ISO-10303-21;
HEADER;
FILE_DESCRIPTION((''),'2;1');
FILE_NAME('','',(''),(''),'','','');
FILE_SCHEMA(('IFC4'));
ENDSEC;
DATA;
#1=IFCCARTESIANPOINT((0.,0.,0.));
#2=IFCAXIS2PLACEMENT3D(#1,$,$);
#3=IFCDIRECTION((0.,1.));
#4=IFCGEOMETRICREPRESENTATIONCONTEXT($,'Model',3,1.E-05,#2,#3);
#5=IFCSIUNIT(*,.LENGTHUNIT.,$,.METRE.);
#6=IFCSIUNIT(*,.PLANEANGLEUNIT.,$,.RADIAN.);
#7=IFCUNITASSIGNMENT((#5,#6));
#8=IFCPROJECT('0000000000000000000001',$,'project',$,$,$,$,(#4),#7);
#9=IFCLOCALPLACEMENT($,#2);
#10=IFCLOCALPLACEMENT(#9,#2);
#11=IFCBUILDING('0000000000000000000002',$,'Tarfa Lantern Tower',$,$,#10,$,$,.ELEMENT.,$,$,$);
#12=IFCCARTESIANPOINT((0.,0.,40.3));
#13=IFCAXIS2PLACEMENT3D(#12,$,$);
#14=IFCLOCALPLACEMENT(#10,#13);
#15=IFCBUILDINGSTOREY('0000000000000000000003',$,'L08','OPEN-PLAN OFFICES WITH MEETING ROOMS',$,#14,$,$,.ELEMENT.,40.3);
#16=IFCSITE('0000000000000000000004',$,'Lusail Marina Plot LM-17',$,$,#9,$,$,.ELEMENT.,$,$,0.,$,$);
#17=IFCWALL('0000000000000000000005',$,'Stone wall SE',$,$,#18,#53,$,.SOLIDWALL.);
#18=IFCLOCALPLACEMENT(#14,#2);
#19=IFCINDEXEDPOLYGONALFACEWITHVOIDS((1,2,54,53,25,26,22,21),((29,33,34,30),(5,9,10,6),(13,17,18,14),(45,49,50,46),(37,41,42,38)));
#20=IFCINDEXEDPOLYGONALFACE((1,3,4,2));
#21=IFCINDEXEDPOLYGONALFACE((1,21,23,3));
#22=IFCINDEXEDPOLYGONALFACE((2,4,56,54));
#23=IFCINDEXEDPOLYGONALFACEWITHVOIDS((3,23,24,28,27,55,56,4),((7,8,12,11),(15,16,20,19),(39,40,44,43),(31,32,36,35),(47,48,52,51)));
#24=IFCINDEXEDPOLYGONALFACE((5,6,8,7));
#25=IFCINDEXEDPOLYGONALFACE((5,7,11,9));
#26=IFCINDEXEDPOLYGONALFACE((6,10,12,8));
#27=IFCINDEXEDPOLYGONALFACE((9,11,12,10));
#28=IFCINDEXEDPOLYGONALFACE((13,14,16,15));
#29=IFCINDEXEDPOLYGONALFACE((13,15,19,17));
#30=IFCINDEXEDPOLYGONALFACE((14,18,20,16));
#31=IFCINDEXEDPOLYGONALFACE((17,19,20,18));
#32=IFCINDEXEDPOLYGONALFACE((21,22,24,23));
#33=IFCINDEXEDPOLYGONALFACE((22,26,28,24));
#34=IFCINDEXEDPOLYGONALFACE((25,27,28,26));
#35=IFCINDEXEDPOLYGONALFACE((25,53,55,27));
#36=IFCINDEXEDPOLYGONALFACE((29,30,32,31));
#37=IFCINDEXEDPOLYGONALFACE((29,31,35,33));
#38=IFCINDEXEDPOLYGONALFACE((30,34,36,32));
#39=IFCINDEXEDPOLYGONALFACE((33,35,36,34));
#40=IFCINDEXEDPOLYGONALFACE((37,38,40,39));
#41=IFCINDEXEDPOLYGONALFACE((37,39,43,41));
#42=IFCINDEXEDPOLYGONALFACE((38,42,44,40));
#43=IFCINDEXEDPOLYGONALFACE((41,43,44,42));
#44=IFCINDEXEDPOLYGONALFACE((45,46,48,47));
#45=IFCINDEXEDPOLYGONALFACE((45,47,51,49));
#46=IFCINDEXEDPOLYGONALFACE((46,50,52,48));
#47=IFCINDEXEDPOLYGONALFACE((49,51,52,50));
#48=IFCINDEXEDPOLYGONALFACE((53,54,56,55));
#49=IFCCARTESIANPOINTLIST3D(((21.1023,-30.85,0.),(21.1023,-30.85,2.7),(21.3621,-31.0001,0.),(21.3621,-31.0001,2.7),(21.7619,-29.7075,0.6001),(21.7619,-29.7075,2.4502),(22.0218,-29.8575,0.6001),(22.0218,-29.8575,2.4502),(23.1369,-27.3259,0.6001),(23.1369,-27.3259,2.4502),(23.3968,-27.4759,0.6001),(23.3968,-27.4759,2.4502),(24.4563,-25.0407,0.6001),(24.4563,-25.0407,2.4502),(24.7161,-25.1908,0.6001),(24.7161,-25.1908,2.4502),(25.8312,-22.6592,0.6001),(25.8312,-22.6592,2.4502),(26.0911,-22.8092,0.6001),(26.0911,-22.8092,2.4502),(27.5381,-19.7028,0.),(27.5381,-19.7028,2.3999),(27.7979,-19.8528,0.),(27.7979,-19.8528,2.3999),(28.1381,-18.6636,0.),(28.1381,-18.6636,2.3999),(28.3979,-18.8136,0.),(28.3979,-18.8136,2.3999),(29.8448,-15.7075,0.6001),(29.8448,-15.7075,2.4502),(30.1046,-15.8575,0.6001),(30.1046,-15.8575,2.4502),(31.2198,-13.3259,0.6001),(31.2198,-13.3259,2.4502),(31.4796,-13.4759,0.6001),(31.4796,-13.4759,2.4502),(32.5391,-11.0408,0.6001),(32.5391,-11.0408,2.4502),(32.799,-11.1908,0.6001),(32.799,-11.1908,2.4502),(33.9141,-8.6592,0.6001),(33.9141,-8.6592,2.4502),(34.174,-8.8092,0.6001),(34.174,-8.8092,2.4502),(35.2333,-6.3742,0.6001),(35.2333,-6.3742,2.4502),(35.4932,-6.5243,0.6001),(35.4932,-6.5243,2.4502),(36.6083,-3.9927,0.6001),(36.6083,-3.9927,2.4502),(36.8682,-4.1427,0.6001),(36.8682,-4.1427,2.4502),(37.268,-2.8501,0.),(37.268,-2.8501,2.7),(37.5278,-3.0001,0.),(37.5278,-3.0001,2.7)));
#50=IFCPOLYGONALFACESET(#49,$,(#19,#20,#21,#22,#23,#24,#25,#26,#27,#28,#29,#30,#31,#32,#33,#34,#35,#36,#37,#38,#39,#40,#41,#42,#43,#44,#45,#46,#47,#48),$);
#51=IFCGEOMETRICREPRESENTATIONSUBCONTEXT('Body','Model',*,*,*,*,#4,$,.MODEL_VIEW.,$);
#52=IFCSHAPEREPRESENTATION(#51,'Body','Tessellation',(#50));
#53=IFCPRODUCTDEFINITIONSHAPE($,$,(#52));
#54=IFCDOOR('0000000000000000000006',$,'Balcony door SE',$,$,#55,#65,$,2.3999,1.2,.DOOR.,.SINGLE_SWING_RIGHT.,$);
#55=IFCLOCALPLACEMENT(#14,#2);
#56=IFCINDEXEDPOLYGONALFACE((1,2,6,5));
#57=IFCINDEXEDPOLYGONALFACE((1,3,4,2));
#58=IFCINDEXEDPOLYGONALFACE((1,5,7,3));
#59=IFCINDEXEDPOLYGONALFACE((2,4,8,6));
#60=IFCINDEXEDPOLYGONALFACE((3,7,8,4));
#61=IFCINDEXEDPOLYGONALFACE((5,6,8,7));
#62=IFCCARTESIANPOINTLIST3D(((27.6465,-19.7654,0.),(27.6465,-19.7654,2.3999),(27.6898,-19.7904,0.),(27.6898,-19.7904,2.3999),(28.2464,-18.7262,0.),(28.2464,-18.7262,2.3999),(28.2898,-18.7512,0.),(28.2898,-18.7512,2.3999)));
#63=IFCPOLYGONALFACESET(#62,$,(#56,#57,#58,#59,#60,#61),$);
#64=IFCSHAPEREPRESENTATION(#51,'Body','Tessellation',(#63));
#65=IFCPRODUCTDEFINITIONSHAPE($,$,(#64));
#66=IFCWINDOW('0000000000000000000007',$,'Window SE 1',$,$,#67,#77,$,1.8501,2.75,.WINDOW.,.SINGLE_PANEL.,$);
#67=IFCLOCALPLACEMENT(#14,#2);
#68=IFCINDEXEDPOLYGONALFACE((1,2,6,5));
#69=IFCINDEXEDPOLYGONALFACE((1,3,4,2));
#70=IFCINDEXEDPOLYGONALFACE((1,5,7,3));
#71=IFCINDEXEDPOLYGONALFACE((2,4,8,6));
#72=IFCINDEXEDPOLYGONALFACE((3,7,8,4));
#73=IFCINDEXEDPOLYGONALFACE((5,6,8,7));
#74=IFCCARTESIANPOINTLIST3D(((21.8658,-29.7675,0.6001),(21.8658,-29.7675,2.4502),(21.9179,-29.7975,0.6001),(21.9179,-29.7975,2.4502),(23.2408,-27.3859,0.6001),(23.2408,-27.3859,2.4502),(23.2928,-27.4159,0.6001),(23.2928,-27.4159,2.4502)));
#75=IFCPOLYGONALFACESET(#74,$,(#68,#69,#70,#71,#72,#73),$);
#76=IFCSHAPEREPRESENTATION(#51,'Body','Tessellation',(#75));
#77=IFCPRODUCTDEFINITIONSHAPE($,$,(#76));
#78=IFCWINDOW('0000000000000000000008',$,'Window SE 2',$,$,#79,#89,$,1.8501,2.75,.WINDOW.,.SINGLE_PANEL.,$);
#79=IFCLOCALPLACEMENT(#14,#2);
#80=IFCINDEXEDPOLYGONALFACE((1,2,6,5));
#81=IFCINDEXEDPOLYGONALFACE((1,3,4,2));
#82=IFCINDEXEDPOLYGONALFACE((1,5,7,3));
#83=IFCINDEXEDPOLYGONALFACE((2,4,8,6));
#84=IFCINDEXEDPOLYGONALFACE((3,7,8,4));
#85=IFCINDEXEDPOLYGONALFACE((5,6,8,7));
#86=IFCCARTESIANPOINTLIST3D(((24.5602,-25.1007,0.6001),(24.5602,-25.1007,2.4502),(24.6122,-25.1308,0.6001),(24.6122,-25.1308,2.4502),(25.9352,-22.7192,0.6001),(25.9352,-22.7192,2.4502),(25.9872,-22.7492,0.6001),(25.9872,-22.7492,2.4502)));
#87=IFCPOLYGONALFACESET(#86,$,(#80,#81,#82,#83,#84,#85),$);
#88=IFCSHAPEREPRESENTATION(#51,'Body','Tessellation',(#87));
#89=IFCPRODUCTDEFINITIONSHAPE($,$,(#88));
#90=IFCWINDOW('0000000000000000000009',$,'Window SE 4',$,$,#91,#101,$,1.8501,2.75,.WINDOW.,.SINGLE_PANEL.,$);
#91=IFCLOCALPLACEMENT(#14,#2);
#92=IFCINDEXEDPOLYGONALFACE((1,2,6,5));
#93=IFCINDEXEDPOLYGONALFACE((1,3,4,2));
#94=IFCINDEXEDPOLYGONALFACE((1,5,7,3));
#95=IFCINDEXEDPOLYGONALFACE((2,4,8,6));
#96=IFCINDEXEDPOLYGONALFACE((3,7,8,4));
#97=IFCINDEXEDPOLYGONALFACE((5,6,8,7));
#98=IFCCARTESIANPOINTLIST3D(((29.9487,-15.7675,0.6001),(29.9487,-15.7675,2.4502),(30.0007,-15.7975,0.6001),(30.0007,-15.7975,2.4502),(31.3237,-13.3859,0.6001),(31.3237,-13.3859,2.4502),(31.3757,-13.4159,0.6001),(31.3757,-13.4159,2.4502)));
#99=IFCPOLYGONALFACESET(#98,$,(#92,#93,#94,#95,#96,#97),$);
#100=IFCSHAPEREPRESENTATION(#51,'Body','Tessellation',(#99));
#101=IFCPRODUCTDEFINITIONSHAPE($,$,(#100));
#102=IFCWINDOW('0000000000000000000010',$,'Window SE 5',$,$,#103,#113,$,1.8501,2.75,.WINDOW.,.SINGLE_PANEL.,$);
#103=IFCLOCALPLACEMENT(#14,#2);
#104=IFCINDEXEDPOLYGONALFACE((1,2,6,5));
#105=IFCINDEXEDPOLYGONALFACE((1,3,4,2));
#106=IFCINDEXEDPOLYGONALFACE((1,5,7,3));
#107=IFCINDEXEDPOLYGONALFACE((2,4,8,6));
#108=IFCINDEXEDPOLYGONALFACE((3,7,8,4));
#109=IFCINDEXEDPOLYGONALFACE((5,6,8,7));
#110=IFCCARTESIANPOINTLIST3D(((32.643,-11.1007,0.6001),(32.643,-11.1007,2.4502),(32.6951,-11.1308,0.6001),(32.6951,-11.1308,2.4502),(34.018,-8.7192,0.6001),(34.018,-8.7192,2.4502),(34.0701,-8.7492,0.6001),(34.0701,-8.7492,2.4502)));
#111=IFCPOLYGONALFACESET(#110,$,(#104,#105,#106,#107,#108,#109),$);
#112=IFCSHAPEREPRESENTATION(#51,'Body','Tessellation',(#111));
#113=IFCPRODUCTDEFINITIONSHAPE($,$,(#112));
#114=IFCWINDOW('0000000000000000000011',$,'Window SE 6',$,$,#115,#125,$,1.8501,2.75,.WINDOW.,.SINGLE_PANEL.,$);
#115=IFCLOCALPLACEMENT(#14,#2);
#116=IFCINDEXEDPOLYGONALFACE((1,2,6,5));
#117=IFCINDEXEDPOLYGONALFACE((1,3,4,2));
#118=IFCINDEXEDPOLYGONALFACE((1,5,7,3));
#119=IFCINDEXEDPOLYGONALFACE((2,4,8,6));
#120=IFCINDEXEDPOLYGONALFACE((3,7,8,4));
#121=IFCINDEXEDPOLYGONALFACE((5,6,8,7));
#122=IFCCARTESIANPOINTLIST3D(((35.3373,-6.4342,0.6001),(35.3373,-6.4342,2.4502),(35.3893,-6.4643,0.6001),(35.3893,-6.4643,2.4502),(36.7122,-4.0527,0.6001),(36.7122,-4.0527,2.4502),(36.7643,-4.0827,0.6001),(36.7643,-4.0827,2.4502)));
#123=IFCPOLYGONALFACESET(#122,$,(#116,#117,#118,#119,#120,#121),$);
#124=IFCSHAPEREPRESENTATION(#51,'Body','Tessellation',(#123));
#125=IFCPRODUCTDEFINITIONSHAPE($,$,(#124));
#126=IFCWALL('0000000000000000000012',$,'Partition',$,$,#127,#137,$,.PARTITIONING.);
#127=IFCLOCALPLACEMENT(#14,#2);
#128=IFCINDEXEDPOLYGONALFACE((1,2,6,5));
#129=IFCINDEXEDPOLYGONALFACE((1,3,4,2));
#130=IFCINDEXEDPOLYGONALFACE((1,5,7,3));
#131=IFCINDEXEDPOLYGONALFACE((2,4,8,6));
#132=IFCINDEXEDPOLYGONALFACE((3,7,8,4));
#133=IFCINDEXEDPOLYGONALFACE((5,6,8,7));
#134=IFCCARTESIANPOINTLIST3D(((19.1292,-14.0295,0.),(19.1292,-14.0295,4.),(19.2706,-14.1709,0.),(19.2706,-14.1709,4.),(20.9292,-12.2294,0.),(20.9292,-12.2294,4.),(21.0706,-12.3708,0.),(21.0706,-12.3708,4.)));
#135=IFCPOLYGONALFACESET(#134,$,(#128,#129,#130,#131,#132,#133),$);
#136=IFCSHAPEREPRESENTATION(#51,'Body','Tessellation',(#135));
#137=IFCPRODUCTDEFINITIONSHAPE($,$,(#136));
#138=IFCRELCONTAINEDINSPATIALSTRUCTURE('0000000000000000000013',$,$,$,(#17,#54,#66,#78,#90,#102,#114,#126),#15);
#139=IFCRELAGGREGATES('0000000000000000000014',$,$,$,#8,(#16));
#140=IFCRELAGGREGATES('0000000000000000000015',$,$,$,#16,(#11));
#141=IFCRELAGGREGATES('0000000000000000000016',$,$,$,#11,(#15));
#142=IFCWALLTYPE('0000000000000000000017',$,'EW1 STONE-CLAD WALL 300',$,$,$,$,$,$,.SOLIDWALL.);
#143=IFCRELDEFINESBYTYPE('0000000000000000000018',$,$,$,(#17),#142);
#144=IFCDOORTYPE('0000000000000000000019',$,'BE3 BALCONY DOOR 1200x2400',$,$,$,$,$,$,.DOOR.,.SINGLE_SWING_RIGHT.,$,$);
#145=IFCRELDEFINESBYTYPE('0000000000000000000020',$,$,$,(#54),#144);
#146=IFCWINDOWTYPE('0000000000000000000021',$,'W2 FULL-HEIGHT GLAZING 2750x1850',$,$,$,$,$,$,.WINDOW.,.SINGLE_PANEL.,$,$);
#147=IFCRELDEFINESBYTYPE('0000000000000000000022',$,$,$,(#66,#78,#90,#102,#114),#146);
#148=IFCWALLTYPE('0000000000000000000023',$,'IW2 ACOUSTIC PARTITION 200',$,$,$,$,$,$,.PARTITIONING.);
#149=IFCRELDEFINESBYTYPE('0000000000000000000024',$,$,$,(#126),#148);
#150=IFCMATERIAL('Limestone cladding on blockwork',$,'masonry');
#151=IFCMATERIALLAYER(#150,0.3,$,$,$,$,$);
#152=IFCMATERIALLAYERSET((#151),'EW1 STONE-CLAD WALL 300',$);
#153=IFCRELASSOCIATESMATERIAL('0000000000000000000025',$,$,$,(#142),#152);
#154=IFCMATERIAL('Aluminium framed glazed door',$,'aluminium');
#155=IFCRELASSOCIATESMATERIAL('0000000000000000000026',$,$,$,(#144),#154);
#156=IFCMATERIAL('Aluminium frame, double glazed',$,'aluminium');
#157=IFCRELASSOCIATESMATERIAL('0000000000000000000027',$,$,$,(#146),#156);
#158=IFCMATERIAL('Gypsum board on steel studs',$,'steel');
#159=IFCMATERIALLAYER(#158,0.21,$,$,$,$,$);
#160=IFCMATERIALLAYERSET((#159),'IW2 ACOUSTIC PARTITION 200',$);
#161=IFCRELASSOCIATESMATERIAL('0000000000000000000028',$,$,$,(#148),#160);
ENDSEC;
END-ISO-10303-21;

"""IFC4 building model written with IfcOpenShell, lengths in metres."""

from ifc_helpers import new_model, si_unit, direction, frame, frame_2d, origin, place, context, subcontext, project, spatial, rectangle, extrude, material, layer, layer_set, type_object, element, fill, save


model = new_model("IFC4")

# Units and contexts
model_context = context("Model", 3, precision=1e-05, world=origin(), true_north=direction((0.0, 1.0)))
body_context = subcontext(model_context, "Body", "Model", "MODEL_VIEW")
ifc_project = project(units=[si_unit("LENGTHUNIT", "METRE"), si_unit("PLANEANGLEUNIT", "RADIAN")], contexts=[model_context])

# Site, building, storey
site_placement = place(None, origin())
site = spatial("IfcSite", under=ifc_project, at=site_placement, Name="Lusail Marina Plot LM-17", CompositionType="ELEMENT", RefElevation=0.0)
building_placement = place(site_placement, origin())
building = spatial("IfcBuilding", under=site, at=building_placement, Name="Tarfa Lantern Tower", CompositionType="ELEMENT")
storey_placement = place(building_placement, frame((0.0, 0.0, 40.3)))
storey = spatial("IfcBuildingStorey", under=building, at=storey_placement, Name="L08", Description="OPEN-PLAN OFFICES WITH MEETING ROOMS", CompositionType="ELEMENT", Elevation=40.3)

# Wall, openings, door, windows
ifc_material_1 = material(Name="Limestone cladding on blockwork", Category="masonry")
ifc_layer_1 = layer(ifc_material_1, 0.3)
ifc_layer_set_1 = layer_set([ifc_layer_1], Name="EW1 STONE-CLAD WALL 300")
wall_type_1 = type_object("IfcWallType", Name="EW1 STONE-CLAD WALL 300", PredefinedType="SOLIDWALL", material=ifc_layer_set_1)
wall_1_placement = place(storey_placement, frame((21.2322, -30.925, 0.0), z_axis=(0.0, 0.0, 1.0), x_axis=(0.499999, 0.866026, 0.0)))
wall_1 = element("IfcWall", 1, at=wall_1_placement, inside=storey, type_object=wall_type_1, Name="Stone wall SE", PredefinedType="SOLIDWALL", context=body_context, shape_type="SweptSolid", body=[
    extrude(rectangle(XDim=32.3315, YDim=0.3, at=frame_2d((16.1658, 0.0))), origin(), (0.0, 0.0, 1.0), 2.7),
])
opening_1_placement = place(wall_1_placement, frame((1.3193, 0.0, 0.6001)))
opening_1 = element("IfcOpeningElement", 2, at=opening_1_placement, cuts=wall_1, PredefinedType="OPENING", context=body_context, shape_type="SweptSolid", body=[
    extrude(rectangle(XDim=2.75, YDim=1.8501, at=frame_2d((1.375, 0.925))), frame((0.0, 0.1599, 0.0), z_axis=(0.0, -1.0, 0.0), x_axis=(1.0, 0.0, 0.0)), (0.0, 0.0, 1.0), 0.3201),
])
opening_2_placement = place(wall_1_placement, frame((6.708, 0.0, 0.6001)))
opening_2 = element("IfcOpeningElement", 3, at=opening_2_placement, cuts=wall_1, PredefinedType="OPENING", context=body_context, shape_type="SweptSolid", body=[
    extrude(rectangle(XDim=2.75, YDim=1.8501, at=frame_2d((1.375, 0.925))), frame((0.0, 0.1599, 0.0), z_axis=(0.0, -1.0, 0.0), x_axis=(1.0, 0.0, 0.0)), (0.0, 0.0, 1.0), 0.3201),
])
opening_3_placement = place(wall_1_placement, frame((12.8716, 0.0, 0.0)))
opening_3 = element("IfcOpeningElement", 4, at=opening_3_placement, cuts=wall_1, PredefinedType="OPENING", context=body_context, shape_type="SweptSolid", body=[
    extrude(rectangle(XDim=1.2, YDim=2.3999, at=frame_2d((0.6001, 1.2))), frame((0.0, 0.1599, 0.0), z_axis=(0.0, -1.0, 0.0), x_axis=(1.0, 0.0, 0.0)), (0.0, 0.0, 1.0), 0.3201),
])
opening_4_placement = place(wall_1_placement, frame((17.4851, 0.0, 0.6001)))
opening_4 = element("IfcOpeningElement", 5, at=opening_4_placement, cuts=wall_1, PredefinedType="OPENING", context=body_context, shape_type="SweptSolid", body=[
    extrude(rectangle(XDim=2.75, YDim=1.8501, at=frame_2d((1.375, 0.925))), frame((0.0, 0.1599, 0.0), z_axis=(0.0, -1.0, 0.0), x_axis=(1.0, 0.0, 0.0)), (0.0, 0.0, 1.0), 0.3201),
])
opening_5_placement = place(wall_1_placement, frame((22.8738, 0.0, 0.6001)))
opening_5 = element("IfcOpeningElement", 6, at=opening_5_placement, cuts=wall_1, PredefinedType="OPENING", context=body_context, shape_type="SweptSolid", body=[
    extrude(rectangle(XDim=2.75, YDim=1.8501, at=frame_2d((1.375, 0.925))), frame((0.0, 0.1599, 0.0), z_axis=(0.0, -1.0, 0.0), x_axis=(1.0, 0.0, 0.0)), (0.0, 0.0, 1.0), 0.3201),
])
opening_6_placement = place(wall_1_placement, frame((28.2622, 0.0, 0.6001)))
opening_6 = element("IfcOpeningElement", 7, at=opening_6_placement, cuts=wall_1, PredefinedType="OPENING", context=body_context, shape_type="SweptSolid", body=[
    extrude(rectangle(XDim=2.75, YDim=1.8501, at=frame_2d((1.375, 0.925))), frame((0.0, 0.1599, 0.0), z_axis=(0.0, -1.0, 0.0), x_axis=(1.0, 0.0, 0.0)), (0.0, 0.0, 1.0), 0.3201),
])
ifc_material_2 = material(Name="Aluminium framed glazed door", Category="aluminium")
door_type_1 = type_object("IfcDoorType", Name="BE3 BALCONY DOOR 1200x2400", OperationType="SINGLE_SWING_RIGHT", PredefinedType="DOOR", material=ifc_material_2)
door_1_placement = place(opening_3_placement, origin())
door_1 = element("IfcDoor", 8, at=door_1_placement, inside=storey, type_object=door_type_1, Name="Balcony door SE", OperationType="SINGLE_SWING_RIGHT", OverallHeight=2.3999, OverallWidth=1.2, PredefinedType="DOOR", context=body_context, shape_type="SweptSolid", body=[
    extrude(rectangle(XDim=1.2, YDim=2.3999, at=frame_2d((0.6001, 1.2))), frame((0.0, 0.0249, 0.0), z_axis=(0.0, -1.0, 0.0), x_axis=(1.0, 0.0, 0.0)), (0.0, 0.0, 1.0), 0.05),
])
fill(opening_3, door_1)
ifc_material_3 = material(Name="Aluminium frame, double glazed", Category="aluminium")
window_type = type_object("IfcWindowType", Name="W2 FULL-HEIGHT GLAZING 2750x1850", PartitioningType="SINGLE_PANEL", PredefinedType="WINDOW", material=ifc_material_3)
window_1_placement = place(opening_1_placement, origin())
window_1 = element("IfcWindow", 9, at=window_1_placement, inside=storey, type_object=window_type, Name="Window SE 1", OverallHeight=1.8501, OverallWidth=2.75, PartitioningType="SINGLE_PANEL", PredefinedType="WINDOW", context=body_context, shape_type="SweptSolid", body=[
    extrude(rectangle(XDim=2.75, YDim=1.8501, at=frame_2d((1.375, 0.925))), frame((0.0, 0.03, 0.0), z_axis=(0.0, -1.0, 0.0), x_axis=(1.0, 0.0, 0.0)), (0.0, 0.0, 1.0), 0.0601),
])
fill(opening_1, window_1)
window_2_placement = place(opening_2_placement, origin())
window_2 = element("IfcWindow", 10, at=window_2_placement, inside=storey, type_object=window_type, Name="Window SE 2", OverallHeight=1.8501, OverallWidth=2.75, PartitioningType="SINGLE_PANEL", PredefinedType="WINDOW", context=body_context, shape_type="SweptSolid", body=[
    extrude(rectangle(XDim=2.75, YDim=1.8501, at=frame_2d((1.375, 0.925))), frame((0.0, 0.03, 0.0), z_axis=(0.0, -1.0, 0.0), x_axis=(1.0, 0.0, 0.0)), (0.0, 0.0, 1.0), 0.0601),
])
fill(opening_2, window_2)
window_3_placement = place(opening_4_placement, origin())
window_3 = element("IfcWindow", 11, at=window_3_placement, inside=storey, type_object=window_type, Name="Window SE 4", OverallHeight=1.8501, OverallWidth=2.75, PartitioningType="SINGLE_PANEL", PredefinedType="WINDOW", context=body_context, shape_type="SweptSolid", body=[
    extrude(rectangle(XDim=2.75, YDim=1.8501, at=frame_2d((1.375, 0.925))), frame((0.0, 0.03, 0.0), z_axis=(0.0, -1.0, 0.0), x_axis=(1.0, 0.0, 0.0)), (0.0, 0.0, 1.0), 0.0601),
])
fill(opening_4, window_3)
window_4_placement = place(opening_5_placement, origin())
window_4 = element("IfcWindow", 12, at=window_4_placement, inside=storey, type_object=window_type, Name="Window SE 5", OverallHeight=1.8501, OverallWidth=2.75, PartitioningType="SINGLE_PANEL", PredefinedType="WINDOW", context=body_context, shape_type="SweptSolid", body=[
    extrude(rectangle(XDim=2.75, YDim=1.8501, at=frame_2d((1.375, 0.925))), frame((0.0, 0.03, 0.0), z_axis=(0.0, -1.0, 0.0), x_axis=(1.0, 0.0, 0.0)), (0.0, 0.0, 1.0), 0.0601),
])
fill(opening_5, window_4)
window_5_placement = place(opening_6_placement, origin())
window_5 = element("IfcWindow", 13, at=window_5_placement, inside=storey, type_object=window_type, Name="Window SE 6", OverallHeight=1.8501, OverallWidth=2.75, PartitioningType="SINGLE_PANEL", PredefinedType="WINDOW", context=body_context, shape_type="SweptSolid", body=[
    extrude(rectangle(XDim=2.75, YDim=1.8501, at=frame_2d((1.375, 0.925))), frame((0.0, 0.03, 0.0), z_axis=(0.0, -1.0, 0.0), x_axis=(1.0, 0.0, 0.0)), (0.0, 0.0, 1.0), 0.0601),
])
fill(opening_6, window_5)

# Wall
ifc_material_4 = material(Name="Gypsum board on steel studs", Category="steel")
ifc_layer_2 = layer(ifc_material_4, 0.21)
ifc_layer_set_2 = layer_set([ifc_layer_2], Name="IW2 ACOUSTIC PARTITION 200")
wall_type_2 = type_object("IfcWallType", Name="IW2 ACOUSTIC PARTITION 200", PredefinedType="PARTITIONING", material=ifc_layer_set_2)
wall_2_placement = place(storey_placement, frame((21.0, -12.3, 0.0), z_axis=(0.0, 0.0, 1.0), x_axis=(-0.707107, -0.707107, 0.0)))
element("IfcWall", 14, at=wall_2_placement, inside=storey, type_object=wall_type_2, Name="Partition", PredefinedType="PARTITIONING", context=body_context, shape_type="SweptSolid", body=[
    extrude(rectangle(XDim=2.5457, YDim=0.2, at=frame_2d((1.2729, 0.0))), origin(), (0.0, 0.0, 1.0), 4.0),
])

save(model, "model.ifc")
